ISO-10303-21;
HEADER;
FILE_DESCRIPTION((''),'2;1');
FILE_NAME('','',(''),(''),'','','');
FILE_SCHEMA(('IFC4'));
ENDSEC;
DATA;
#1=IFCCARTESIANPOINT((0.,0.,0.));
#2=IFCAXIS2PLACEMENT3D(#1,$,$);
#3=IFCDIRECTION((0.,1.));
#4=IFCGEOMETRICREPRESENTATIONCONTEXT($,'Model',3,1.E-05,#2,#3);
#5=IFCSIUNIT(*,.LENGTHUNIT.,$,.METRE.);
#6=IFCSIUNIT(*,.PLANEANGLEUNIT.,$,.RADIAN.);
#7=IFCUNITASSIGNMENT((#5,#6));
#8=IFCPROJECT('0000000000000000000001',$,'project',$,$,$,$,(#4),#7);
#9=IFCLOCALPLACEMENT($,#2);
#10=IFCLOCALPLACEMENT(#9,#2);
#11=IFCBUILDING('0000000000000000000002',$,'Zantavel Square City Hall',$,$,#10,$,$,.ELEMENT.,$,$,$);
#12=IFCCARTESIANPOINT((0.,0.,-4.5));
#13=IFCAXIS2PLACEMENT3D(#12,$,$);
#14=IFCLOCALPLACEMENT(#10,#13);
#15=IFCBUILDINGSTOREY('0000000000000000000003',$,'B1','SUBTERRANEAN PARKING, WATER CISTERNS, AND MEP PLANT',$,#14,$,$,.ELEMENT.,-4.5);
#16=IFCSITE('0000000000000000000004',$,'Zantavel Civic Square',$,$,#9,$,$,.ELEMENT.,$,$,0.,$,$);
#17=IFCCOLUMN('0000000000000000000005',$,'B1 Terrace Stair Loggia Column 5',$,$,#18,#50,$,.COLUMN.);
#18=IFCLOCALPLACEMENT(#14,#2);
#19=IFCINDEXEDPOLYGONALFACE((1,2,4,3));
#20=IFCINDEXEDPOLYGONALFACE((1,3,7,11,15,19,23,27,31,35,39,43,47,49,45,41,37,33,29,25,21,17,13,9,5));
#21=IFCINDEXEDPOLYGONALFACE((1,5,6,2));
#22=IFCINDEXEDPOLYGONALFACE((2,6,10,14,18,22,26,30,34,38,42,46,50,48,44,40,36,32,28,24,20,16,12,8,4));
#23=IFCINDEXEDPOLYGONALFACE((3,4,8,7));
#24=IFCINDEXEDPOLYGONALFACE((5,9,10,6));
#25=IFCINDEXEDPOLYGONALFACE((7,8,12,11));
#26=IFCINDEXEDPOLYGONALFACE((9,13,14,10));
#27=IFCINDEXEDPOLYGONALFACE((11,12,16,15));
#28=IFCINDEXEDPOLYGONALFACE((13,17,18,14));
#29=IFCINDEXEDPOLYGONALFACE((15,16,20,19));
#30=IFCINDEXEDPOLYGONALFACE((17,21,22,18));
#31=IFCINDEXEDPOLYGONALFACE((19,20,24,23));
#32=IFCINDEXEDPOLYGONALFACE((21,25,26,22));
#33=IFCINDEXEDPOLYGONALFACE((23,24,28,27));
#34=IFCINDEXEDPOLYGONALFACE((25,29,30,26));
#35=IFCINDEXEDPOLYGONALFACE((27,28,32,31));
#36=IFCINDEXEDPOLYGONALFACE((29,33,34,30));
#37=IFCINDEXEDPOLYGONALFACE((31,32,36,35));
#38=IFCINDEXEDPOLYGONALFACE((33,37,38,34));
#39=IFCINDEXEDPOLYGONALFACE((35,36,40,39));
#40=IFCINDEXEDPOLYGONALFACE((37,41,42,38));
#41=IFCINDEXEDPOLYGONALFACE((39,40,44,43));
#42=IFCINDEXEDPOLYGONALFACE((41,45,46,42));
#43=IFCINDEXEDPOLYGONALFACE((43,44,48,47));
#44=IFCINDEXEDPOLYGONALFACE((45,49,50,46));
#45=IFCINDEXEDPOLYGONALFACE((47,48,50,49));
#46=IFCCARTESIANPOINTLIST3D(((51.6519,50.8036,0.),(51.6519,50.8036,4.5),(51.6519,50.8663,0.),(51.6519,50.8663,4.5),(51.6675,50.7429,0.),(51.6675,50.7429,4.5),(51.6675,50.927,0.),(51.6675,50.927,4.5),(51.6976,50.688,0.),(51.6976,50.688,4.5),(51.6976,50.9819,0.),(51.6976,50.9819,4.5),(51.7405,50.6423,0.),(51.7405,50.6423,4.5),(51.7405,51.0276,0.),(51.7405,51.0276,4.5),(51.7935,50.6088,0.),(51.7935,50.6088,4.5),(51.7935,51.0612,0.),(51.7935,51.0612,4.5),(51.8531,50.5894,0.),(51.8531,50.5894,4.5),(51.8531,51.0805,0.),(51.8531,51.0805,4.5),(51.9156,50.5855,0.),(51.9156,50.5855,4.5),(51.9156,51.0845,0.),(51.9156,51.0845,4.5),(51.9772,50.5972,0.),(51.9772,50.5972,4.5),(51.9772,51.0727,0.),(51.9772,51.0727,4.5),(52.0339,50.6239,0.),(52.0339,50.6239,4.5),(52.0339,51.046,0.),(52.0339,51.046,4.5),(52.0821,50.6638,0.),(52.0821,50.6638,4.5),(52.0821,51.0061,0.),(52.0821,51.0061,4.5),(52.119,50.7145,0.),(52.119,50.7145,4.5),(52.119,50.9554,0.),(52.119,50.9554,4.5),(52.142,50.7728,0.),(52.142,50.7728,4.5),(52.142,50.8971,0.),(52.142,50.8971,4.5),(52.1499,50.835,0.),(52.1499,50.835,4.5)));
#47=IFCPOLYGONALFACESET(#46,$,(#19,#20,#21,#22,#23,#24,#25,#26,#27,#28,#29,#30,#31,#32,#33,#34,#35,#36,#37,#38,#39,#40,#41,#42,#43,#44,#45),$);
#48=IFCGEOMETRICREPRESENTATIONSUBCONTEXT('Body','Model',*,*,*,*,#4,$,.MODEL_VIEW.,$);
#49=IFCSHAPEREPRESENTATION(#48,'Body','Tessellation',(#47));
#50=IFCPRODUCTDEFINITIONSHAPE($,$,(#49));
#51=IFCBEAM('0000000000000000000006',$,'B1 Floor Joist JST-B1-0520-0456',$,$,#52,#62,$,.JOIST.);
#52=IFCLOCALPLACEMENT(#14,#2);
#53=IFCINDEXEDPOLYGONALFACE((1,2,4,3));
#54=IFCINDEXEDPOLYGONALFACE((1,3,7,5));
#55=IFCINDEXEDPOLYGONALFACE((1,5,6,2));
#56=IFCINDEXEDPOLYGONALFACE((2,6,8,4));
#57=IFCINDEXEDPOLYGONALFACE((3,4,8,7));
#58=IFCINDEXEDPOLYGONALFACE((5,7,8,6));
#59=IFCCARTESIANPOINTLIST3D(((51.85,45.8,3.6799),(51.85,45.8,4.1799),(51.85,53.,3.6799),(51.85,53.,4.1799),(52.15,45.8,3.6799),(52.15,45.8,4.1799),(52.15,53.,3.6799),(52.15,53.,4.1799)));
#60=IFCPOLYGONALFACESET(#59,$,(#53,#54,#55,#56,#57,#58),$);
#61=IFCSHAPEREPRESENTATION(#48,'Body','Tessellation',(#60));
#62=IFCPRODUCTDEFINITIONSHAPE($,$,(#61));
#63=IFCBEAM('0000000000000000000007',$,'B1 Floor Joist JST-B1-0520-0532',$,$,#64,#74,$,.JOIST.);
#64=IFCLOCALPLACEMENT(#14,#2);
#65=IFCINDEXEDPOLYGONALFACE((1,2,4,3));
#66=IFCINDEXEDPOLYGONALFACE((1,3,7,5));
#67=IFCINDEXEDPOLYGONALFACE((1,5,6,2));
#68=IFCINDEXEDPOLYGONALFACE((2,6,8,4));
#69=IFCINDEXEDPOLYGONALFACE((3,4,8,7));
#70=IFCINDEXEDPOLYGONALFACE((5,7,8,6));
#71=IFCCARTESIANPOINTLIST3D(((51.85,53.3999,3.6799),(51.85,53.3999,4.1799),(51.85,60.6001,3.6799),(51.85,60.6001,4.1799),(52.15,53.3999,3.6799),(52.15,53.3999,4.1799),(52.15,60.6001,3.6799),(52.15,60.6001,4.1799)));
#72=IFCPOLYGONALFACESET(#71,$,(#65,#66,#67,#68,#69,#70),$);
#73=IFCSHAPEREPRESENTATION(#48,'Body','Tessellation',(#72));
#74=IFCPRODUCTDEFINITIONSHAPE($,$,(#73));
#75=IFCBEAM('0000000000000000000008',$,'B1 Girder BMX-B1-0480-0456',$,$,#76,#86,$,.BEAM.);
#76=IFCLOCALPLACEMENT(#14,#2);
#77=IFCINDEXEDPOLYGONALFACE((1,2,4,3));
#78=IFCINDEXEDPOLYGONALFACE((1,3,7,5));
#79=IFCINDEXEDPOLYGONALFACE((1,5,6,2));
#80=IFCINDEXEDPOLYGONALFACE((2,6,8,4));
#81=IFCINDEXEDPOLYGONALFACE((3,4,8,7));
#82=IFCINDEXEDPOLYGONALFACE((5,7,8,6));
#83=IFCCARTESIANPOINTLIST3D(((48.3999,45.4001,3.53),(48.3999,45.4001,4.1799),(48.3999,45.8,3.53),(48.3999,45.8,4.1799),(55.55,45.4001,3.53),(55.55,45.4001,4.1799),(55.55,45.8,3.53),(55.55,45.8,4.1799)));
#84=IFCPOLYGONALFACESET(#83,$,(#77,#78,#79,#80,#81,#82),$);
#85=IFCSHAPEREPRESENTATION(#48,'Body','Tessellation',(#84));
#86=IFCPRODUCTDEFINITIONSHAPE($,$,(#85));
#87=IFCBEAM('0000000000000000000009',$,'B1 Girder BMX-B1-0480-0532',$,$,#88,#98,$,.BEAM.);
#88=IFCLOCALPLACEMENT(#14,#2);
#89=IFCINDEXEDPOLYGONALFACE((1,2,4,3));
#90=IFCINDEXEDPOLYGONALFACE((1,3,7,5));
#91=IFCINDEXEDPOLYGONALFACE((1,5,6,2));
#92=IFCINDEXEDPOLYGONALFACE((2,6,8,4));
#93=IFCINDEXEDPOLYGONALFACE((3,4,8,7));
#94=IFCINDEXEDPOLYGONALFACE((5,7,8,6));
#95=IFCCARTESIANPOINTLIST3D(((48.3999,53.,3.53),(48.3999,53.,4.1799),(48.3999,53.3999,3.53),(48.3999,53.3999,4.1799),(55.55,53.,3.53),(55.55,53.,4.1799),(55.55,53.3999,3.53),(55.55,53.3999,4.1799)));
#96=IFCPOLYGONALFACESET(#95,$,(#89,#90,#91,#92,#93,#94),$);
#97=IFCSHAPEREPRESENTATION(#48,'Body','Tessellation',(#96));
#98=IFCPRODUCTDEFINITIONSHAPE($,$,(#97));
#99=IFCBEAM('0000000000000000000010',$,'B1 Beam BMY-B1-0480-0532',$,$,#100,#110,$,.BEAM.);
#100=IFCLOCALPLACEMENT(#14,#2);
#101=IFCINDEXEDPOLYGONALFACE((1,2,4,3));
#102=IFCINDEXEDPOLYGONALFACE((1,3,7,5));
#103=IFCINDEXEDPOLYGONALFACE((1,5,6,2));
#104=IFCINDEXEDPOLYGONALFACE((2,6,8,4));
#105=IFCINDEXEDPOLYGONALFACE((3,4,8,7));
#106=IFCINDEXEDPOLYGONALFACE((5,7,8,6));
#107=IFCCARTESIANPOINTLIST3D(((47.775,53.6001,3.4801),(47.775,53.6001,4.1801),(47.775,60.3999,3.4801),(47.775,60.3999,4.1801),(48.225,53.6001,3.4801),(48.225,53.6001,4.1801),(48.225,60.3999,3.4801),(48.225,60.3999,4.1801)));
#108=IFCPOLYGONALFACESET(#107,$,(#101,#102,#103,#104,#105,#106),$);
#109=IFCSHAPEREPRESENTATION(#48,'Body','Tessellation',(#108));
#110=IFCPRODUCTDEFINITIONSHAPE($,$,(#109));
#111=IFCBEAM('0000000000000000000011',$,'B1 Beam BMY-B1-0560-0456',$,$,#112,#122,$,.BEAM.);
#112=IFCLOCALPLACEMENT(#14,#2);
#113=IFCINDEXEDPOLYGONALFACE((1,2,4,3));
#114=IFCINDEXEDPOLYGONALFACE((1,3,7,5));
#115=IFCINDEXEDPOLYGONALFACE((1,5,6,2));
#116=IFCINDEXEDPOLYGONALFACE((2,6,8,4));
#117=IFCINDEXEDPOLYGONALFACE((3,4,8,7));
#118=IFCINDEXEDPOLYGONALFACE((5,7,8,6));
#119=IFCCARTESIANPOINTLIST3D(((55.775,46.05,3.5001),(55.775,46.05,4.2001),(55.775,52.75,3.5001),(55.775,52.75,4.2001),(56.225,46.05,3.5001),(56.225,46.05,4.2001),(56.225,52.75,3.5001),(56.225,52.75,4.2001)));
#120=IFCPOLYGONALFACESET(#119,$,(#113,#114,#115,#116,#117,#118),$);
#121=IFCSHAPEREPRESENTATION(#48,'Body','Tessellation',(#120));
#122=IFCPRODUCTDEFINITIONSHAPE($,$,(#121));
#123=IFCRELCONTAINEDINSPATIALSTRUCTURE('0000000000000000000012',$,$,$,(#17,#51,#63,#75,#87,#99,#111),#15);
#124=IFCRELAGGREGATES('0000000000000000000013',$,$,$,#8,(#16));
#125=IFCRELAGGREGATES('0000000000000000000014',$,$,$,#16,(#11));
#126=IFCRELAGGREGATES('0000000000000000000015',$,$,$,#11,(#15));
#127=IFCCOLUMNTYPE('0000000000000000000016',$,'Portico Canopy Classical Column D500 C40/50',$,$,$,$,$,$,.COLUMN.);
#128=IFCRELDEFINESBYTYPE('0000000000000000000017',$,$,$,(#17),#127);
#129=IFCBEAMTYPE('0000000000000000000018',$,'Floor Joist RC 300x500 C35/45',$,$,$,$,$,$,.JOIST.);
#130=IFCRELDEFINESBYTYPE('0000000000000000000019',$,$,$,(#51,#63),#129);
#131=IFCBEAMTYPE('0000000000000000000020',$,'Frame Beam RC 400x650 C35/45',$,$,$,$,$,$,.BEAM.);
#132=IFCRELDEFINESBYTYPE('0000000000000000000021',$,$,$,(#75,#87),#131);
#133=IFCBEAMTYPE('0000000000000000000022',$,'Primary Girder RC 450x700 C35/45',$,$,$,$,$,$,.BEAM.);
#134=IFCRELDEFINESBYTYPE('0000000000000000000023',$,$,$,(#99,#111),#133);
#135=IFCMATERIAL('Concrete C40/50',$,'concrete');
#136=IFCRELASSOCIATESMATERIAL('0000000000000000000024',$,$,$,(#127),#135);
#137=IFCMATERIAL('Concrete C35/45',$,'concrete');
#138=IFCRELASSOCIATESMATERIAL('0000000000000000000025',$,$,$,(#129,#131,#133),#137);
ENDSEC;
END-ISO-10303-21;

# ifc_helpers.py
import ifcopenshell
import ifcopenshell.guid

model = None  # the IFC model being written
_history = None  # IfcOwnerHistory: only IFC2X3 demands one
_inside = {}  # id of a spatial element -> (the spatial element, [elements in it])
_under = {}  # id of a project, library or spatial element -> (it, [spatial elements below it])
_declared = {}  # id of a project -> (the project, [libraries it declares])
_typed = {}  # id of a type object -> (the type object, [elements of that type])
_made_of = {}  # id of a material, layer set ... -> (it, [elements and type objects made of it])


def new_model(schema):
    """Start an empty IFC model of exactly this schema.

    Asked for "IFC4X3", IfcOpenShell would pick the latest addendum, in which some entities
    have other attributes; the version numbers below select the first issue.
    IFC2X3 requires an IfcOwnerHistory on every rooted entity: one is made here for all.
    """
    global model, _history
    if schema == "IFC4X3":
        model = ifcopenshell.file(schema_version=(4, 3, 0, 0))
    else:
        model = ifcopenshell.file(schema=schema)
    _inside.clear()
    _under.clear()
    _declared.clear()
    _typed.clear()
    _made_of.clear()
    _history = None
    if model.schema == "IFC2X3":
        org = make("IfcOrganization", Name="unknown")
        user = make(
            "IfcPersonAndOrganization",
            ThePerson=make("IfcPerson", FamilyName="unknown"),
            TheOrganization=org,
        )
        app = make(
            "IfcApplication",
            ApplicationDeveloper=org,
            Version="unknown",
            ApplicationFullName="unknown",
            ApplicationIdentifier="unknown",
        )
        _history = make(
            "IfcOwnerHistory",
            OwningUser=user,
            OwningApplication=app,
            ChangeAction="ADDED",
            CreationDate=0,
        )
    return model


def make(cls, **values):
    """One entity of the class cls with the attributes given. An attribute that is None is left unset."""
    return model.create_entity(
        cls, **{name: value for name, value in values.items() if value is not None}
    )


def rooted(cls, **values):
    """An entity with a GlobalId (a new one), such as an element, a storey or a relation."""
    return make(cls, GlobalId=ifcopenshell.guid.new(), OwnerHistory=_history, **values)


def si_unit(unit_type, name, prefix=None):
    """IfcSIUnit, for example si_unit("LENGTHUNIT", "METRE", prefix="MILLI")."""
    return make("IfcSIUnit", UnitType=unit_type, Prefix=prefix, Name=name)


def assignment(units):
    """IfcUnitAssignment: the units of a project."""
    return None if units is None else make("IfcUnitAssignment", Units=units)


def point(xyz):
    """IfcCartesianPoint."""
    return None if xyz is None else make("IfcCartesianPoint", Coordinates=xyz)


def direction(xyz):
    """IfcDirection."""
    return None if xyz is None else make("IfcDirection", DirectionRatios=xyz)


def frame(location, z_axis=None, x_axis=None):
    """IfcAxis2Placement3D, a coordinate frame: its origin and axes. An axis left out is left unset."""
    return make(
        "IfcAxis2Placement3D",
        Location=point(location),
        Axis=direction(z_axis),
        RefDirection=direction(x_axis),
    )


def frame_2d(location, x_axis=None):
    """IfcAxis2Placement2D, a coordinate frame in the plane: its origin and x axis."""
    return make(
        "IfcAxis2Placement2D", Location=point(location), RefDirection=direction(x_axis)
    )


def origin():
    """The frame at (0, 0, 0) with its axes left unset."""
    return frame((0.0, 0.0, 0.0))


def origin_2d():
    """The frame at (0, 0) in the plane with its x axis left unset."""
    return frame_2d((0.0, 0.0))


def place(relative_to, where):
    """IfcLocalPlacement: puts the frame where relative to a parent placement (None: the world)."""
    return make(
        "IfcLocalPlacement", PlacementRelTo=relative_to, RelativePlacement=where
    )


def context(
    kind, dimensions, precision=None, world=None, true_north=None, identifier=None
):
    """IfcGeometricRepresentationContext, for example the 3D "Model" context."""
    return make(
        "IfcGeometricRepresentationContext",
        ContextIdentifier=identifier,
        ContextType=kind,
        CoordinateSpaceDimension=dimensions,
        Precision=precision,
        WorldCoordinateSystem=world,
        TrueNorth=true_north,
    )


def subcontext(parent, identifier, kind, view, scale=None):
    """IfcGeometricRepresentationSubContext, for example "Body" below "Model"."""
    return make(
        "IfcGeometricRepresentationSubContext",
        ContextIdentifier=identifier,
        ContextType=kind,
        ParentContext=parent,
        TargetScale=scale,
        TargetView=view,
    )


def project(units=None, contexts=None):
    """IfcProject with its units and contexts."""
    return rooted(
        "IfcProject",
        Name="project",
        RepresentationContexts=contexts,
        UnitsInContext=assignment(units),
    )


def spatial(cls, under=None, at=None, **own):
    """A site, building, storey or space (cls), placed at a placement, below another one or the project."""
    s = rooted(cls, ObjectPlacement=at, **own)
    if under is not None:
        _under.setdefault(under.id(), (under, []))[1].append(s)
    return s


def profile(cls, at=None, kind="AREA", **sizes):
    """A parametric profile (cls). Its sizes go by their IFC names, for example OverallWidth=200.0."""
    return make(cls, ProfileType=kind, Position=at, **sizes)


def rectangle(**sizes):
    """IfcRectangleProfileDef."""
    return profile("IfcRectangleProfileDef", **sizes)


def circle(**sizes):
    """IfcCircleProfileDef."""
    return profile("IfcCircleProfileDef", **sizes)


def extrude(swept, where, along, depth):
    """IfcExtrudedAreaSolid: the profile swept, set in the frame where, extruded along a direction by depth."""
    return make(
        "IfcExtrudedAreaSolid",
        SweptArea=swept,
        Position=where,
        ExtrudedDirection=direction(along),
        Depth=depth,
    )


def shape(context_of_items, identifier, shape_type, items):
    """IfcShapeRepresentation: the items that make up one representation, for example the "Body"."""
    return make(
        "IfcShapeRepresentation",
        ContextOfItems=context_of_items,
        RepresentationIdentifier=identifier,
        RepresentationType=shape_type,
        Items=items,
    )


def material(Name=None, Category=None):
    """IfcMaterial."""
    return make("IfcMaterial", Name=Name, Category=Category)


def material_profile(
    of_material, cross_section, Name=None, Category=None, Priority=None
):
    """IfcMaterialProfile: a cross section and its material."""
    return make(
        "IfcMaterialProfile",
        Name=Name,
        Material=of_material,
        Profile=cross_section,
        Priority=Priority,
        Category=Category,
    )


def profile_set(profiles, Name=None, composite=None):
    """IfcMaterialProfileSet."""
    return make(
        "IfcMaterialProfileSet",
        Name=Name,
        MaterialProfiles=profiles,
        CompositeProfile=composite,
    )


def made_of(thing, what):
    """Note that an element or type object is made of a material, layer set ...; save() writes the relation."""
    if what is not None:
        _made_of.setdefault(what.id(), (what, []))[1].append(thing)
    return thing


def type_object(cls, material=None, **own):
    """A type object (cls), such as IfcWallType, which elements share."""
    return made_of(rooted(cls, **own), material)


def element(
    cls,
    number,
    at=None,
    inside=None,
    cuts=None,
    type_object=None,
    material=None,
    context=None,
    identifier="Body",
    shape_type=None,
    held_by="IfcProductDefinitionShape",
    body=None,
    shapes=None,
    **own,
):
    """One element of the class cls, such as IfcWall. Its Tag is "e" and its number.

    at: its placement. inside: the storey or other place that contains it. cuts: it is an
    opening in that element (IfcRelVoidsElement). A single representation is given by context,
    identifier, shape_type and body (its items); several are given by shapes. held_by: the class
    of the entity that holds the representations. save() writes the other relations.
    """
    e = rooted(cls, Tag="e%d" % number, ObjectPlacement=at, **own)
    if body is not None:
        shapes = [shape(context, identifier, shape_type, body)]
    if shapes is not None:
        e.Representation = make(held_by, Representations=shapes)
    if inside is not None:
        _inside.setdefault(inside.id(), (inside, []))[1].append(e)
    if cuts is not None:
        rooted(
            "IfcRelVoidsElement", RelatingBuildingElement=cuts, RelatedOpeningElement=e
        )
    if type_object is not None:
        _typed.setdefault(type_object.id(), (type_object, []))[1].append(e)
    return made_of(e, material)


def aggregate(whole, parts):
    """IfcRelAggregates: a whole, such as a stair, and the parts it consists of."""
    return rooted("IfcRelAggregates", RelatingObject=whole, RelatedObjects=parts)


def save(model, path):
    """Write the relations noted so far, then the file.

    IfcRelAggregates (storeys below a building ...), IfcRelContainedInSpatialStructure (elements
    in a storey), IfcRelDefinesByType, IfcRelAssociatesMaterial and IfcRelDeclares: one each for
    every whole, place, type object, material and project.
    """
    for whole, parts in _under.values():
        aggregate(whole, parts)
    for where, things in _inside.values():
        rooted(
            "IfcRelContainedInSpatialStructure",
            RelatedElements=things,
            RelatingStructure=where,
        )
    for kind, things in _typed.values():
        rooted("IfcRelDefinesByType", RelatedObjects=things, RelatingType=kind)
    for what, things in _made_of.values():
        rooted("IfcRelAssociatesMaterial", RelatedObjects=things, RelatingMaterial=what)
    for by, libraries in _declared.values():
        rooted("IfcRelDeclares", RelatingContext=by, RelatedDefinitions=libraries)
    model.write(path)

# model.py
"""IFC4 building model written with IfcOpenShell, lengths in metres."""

from ifc_helpers import new_model, si_unit, direction, frame, origin, origin_2d, place, context, subcontext, project, spatial, rectangle, circle, extrude, material, material_profile, profile_set, type_object, element, save


model = new_model("IFC4")

# Units and contexts
model_context = context("Model", 3, precision=1e-05, world=origin(), true_north=direction((0.0, 1.0)))
body_context = subcontext(model_context, "Body", "Model", "MODEL_VIEW")
ifc_project = project(units=[si_unit("LENGTHUNIT", "METRE"), si_unit("PLANEANGLEUNIT", "RADIAN")], contexts=[model_context])

# Site, building, storey
site_placement = place(None, origin())
site = spatial("IfcSite", under=ifc_project, at=site_placement, Name="Zantavel Civic Square", CompositionType="ELEMENT", RefElevation=0.0)
building_placement = place(site_placement, origin())
building = spatial("IfcBuilding", under=site, at=building_placement, Name="Zantavel Square City Hall", CompositionType="ELEMENT")
storey_placement = place(building_placement, frame((0.0, 0.0, -4.5)))
storey = spatial("IfcBuildingStorey", under=building, at=storey_placement, Name="B1", Description="SUBTERRANEAN PARKING, WATER CISTERNS, AND MEP PLANT", CompositionType="ELEMENT", Elevation=-4.5)

# Shared definitions
ifc_material_1 = material(Name="Concrete C35/45", Category="concrete")

# Shared definitions
ifc_material_2 = material(Name="Concrete C40/50", Category="concrete")

# Column
ifc_material_profile_1 = material_profile(ifc_material_2, circle(Radius=0.25, at=origin_2d()), Name="ROUND D500")
ifc_profile_set_1 = profile_set([ifc_material_profile_1], Name="Concrete C40/50")
column_type_1 = type_object("IfcColumnType", Name="Portico Canopy Classical Column D500 C40/50", PredefinedType="COLUMN", material=ifc_profile_set_1)
column_1_placement = place(storey_placement, frame((51.8999, 50.835, 0.0), z_axis=(0.0, 0.0, 1.0), x_axis=(1.0, 0.0, 0.0)))
element("IfcColumn", 1, at=column_1_placement, inside=storey, type_object=column_type_1, Name="B1 Terrace Stair Loggia Column 5", PredefinedType="COLUMN", context=body_context, shape_type="SweptSolid", body=[
    extrude(circle(Radius=0.25, at=origin_2d()), origin(), (0.0, 0.0, 1.0), 4.5),
])

# Beams
ifc_material_profile_2 = material_profile(ifc_material_1, rectangle(XDim=0.3, YDim=0.5, at=origin_2d()), Name="RC 300x500")
ifc_profile_set_2 = profile_set([ifc_material_profile_2], Name="Concrete C35/45")
beam_type_1 = type_object("IfcBeamType", Name="Floor Joist RC 300x500 C35/45", PredefinedType="JOIST", material=ifc_profile_set_2)
beam_1_placement = place(storey_placement, frame((52.0, 45.8, 3.9299), z_axis=(0.0, 1.0, 0.0), x_axis=(-1.0, 0.0, 0.0)))
element("IfcBeam", 2, at=beam_1_placement, inside=storey, type_object=beam_type_1, Name="B1 Floor Joist JST-B1-0520-0456", PredefinedType="JOIST", context=body_context, shape_type="SweptSolid", body=[
    extrude(rectangle(XDim=0.3, YDim=0.5, at=origin_2d()), origin(), (0.0, 0.0, 1.0), 7.2),
])
beam_2_placement = place(storey_placement, frame((52.0, 53.3999, 3.9299), z_axis=(0.0, 1.0, 0.0), x_axis=(-1.0, 0.0, 0.0)))
element("IfcBeam", 3, at=beam_2_placement, inside=storey, type_object=beam_type_1, Name="B1 Floor Joist JST-B1-0520-0532", PredefinedType="JOIST", context=body_context, shape_type="SweptSolid", body=[
    extrude(rectangle(XDim=0.3, YDim=0.5, at=origin_2d()), origin(), (0.0, 0.0, 1.0), 7.2002),
])
ifc_material_profile_3 = material_profile(ifc_material_1, rectangle(XDim=0.3999, YDim=0.6499, at=origin_2d()), Name="RC 400x650")
ifc_profile_set_3 = profile_set([ifc_material_profile_3], Name="Concrete C35/45")
beam_type_2 = type_object("IfcBeamType", Name="Frame Beam RC 400x650 C35/45", PredefinedType="BEAM", material=ifc_profile_set_3)
for number, where, z_axis, x_axis, name in (
    (4, (48.3999, 45.6001, 3.855), (1.0, 0.0, 0.0), (0.0, 1.0, 0.0), "B1 Girder BMX-B1-0480-0456"),
    (5, (48.3999, 53.2, 3.855), (1.0, 0.0, 0.0), (0.0, 1.0, 0.0), "B1 Girder BMX-B1-0480-0532"),
):
    element("IfcBeam", number, at=place(storey_placement, frame(where, z_axis=z_axis, x_axis=x_axis)), inside=storey, type_object=beam_type_2, Name=name, PredefinedType="BEAM", context=body_context, shape_type="SweptSolid", body=[
        extrude(rectangle(XDim=0.3999, YDim=0.6499, at=origin_2d()), origin(), (0.0, 0.0, 1.0), 7.1501),
    ])
ifc_material_profile_4 = material_profile(ifc_material_1, rectangle(XDim=0.45, YDim=0.7, at=origin_2d()), Name="RC 450x700")
ifc_profile_set_4 = profile_set([ifc_material_profile_4], Name="Concrete C35/45")
beam_type_3 = type_object("IfcBeamType", Name="Primary Girder RC 450x700 C35/45", PredefinedType="BEAM", material=ifc_profile_set_4)
beam_3_placement = place(storey_placement, frame((48.0, 53.6001, 3.8301), z_axis=(0.0, 1.0, 0.0), x_axis=(-1.0, 0.0, 0.0)))
element("IfcBeam", 6, at=beam_3_placement, inside=storey, type_object=beam_type_3, Name="B1 Beam BMY-B1-0480-0532", PredefinedType="BEAM", context=body_context, shape_type="SweptSolid", body=[
    extrude(rectangle(XDim=0.45, YDim=0.7, at=origin_2d()), origin(), (0.0, 0.0, 1.0), 6.7998),
])
beam_4_placement = place(storey_placement, frame((56.0, 46.05, 3.8501), z_axis=(0.0, 1.0, 0.0), x_axis=(-1.0, 0.0, 0.0)))
element("IfcBeam", 7, at=beam_4_placement, inside=storey, type_object=beam_type_3, Name="B1 Beam BMY-B1-0560-0456", PredefinedType="BEAM", context=body_context, shape_type="SweptSolid", body=[
    extrude(rectangle(XDim=0.45, YDim=0.7, at=origin_2d()), origin(), (0.0, 0.0, 1.0), 6.7),
])

save(model, "model.ifc")
